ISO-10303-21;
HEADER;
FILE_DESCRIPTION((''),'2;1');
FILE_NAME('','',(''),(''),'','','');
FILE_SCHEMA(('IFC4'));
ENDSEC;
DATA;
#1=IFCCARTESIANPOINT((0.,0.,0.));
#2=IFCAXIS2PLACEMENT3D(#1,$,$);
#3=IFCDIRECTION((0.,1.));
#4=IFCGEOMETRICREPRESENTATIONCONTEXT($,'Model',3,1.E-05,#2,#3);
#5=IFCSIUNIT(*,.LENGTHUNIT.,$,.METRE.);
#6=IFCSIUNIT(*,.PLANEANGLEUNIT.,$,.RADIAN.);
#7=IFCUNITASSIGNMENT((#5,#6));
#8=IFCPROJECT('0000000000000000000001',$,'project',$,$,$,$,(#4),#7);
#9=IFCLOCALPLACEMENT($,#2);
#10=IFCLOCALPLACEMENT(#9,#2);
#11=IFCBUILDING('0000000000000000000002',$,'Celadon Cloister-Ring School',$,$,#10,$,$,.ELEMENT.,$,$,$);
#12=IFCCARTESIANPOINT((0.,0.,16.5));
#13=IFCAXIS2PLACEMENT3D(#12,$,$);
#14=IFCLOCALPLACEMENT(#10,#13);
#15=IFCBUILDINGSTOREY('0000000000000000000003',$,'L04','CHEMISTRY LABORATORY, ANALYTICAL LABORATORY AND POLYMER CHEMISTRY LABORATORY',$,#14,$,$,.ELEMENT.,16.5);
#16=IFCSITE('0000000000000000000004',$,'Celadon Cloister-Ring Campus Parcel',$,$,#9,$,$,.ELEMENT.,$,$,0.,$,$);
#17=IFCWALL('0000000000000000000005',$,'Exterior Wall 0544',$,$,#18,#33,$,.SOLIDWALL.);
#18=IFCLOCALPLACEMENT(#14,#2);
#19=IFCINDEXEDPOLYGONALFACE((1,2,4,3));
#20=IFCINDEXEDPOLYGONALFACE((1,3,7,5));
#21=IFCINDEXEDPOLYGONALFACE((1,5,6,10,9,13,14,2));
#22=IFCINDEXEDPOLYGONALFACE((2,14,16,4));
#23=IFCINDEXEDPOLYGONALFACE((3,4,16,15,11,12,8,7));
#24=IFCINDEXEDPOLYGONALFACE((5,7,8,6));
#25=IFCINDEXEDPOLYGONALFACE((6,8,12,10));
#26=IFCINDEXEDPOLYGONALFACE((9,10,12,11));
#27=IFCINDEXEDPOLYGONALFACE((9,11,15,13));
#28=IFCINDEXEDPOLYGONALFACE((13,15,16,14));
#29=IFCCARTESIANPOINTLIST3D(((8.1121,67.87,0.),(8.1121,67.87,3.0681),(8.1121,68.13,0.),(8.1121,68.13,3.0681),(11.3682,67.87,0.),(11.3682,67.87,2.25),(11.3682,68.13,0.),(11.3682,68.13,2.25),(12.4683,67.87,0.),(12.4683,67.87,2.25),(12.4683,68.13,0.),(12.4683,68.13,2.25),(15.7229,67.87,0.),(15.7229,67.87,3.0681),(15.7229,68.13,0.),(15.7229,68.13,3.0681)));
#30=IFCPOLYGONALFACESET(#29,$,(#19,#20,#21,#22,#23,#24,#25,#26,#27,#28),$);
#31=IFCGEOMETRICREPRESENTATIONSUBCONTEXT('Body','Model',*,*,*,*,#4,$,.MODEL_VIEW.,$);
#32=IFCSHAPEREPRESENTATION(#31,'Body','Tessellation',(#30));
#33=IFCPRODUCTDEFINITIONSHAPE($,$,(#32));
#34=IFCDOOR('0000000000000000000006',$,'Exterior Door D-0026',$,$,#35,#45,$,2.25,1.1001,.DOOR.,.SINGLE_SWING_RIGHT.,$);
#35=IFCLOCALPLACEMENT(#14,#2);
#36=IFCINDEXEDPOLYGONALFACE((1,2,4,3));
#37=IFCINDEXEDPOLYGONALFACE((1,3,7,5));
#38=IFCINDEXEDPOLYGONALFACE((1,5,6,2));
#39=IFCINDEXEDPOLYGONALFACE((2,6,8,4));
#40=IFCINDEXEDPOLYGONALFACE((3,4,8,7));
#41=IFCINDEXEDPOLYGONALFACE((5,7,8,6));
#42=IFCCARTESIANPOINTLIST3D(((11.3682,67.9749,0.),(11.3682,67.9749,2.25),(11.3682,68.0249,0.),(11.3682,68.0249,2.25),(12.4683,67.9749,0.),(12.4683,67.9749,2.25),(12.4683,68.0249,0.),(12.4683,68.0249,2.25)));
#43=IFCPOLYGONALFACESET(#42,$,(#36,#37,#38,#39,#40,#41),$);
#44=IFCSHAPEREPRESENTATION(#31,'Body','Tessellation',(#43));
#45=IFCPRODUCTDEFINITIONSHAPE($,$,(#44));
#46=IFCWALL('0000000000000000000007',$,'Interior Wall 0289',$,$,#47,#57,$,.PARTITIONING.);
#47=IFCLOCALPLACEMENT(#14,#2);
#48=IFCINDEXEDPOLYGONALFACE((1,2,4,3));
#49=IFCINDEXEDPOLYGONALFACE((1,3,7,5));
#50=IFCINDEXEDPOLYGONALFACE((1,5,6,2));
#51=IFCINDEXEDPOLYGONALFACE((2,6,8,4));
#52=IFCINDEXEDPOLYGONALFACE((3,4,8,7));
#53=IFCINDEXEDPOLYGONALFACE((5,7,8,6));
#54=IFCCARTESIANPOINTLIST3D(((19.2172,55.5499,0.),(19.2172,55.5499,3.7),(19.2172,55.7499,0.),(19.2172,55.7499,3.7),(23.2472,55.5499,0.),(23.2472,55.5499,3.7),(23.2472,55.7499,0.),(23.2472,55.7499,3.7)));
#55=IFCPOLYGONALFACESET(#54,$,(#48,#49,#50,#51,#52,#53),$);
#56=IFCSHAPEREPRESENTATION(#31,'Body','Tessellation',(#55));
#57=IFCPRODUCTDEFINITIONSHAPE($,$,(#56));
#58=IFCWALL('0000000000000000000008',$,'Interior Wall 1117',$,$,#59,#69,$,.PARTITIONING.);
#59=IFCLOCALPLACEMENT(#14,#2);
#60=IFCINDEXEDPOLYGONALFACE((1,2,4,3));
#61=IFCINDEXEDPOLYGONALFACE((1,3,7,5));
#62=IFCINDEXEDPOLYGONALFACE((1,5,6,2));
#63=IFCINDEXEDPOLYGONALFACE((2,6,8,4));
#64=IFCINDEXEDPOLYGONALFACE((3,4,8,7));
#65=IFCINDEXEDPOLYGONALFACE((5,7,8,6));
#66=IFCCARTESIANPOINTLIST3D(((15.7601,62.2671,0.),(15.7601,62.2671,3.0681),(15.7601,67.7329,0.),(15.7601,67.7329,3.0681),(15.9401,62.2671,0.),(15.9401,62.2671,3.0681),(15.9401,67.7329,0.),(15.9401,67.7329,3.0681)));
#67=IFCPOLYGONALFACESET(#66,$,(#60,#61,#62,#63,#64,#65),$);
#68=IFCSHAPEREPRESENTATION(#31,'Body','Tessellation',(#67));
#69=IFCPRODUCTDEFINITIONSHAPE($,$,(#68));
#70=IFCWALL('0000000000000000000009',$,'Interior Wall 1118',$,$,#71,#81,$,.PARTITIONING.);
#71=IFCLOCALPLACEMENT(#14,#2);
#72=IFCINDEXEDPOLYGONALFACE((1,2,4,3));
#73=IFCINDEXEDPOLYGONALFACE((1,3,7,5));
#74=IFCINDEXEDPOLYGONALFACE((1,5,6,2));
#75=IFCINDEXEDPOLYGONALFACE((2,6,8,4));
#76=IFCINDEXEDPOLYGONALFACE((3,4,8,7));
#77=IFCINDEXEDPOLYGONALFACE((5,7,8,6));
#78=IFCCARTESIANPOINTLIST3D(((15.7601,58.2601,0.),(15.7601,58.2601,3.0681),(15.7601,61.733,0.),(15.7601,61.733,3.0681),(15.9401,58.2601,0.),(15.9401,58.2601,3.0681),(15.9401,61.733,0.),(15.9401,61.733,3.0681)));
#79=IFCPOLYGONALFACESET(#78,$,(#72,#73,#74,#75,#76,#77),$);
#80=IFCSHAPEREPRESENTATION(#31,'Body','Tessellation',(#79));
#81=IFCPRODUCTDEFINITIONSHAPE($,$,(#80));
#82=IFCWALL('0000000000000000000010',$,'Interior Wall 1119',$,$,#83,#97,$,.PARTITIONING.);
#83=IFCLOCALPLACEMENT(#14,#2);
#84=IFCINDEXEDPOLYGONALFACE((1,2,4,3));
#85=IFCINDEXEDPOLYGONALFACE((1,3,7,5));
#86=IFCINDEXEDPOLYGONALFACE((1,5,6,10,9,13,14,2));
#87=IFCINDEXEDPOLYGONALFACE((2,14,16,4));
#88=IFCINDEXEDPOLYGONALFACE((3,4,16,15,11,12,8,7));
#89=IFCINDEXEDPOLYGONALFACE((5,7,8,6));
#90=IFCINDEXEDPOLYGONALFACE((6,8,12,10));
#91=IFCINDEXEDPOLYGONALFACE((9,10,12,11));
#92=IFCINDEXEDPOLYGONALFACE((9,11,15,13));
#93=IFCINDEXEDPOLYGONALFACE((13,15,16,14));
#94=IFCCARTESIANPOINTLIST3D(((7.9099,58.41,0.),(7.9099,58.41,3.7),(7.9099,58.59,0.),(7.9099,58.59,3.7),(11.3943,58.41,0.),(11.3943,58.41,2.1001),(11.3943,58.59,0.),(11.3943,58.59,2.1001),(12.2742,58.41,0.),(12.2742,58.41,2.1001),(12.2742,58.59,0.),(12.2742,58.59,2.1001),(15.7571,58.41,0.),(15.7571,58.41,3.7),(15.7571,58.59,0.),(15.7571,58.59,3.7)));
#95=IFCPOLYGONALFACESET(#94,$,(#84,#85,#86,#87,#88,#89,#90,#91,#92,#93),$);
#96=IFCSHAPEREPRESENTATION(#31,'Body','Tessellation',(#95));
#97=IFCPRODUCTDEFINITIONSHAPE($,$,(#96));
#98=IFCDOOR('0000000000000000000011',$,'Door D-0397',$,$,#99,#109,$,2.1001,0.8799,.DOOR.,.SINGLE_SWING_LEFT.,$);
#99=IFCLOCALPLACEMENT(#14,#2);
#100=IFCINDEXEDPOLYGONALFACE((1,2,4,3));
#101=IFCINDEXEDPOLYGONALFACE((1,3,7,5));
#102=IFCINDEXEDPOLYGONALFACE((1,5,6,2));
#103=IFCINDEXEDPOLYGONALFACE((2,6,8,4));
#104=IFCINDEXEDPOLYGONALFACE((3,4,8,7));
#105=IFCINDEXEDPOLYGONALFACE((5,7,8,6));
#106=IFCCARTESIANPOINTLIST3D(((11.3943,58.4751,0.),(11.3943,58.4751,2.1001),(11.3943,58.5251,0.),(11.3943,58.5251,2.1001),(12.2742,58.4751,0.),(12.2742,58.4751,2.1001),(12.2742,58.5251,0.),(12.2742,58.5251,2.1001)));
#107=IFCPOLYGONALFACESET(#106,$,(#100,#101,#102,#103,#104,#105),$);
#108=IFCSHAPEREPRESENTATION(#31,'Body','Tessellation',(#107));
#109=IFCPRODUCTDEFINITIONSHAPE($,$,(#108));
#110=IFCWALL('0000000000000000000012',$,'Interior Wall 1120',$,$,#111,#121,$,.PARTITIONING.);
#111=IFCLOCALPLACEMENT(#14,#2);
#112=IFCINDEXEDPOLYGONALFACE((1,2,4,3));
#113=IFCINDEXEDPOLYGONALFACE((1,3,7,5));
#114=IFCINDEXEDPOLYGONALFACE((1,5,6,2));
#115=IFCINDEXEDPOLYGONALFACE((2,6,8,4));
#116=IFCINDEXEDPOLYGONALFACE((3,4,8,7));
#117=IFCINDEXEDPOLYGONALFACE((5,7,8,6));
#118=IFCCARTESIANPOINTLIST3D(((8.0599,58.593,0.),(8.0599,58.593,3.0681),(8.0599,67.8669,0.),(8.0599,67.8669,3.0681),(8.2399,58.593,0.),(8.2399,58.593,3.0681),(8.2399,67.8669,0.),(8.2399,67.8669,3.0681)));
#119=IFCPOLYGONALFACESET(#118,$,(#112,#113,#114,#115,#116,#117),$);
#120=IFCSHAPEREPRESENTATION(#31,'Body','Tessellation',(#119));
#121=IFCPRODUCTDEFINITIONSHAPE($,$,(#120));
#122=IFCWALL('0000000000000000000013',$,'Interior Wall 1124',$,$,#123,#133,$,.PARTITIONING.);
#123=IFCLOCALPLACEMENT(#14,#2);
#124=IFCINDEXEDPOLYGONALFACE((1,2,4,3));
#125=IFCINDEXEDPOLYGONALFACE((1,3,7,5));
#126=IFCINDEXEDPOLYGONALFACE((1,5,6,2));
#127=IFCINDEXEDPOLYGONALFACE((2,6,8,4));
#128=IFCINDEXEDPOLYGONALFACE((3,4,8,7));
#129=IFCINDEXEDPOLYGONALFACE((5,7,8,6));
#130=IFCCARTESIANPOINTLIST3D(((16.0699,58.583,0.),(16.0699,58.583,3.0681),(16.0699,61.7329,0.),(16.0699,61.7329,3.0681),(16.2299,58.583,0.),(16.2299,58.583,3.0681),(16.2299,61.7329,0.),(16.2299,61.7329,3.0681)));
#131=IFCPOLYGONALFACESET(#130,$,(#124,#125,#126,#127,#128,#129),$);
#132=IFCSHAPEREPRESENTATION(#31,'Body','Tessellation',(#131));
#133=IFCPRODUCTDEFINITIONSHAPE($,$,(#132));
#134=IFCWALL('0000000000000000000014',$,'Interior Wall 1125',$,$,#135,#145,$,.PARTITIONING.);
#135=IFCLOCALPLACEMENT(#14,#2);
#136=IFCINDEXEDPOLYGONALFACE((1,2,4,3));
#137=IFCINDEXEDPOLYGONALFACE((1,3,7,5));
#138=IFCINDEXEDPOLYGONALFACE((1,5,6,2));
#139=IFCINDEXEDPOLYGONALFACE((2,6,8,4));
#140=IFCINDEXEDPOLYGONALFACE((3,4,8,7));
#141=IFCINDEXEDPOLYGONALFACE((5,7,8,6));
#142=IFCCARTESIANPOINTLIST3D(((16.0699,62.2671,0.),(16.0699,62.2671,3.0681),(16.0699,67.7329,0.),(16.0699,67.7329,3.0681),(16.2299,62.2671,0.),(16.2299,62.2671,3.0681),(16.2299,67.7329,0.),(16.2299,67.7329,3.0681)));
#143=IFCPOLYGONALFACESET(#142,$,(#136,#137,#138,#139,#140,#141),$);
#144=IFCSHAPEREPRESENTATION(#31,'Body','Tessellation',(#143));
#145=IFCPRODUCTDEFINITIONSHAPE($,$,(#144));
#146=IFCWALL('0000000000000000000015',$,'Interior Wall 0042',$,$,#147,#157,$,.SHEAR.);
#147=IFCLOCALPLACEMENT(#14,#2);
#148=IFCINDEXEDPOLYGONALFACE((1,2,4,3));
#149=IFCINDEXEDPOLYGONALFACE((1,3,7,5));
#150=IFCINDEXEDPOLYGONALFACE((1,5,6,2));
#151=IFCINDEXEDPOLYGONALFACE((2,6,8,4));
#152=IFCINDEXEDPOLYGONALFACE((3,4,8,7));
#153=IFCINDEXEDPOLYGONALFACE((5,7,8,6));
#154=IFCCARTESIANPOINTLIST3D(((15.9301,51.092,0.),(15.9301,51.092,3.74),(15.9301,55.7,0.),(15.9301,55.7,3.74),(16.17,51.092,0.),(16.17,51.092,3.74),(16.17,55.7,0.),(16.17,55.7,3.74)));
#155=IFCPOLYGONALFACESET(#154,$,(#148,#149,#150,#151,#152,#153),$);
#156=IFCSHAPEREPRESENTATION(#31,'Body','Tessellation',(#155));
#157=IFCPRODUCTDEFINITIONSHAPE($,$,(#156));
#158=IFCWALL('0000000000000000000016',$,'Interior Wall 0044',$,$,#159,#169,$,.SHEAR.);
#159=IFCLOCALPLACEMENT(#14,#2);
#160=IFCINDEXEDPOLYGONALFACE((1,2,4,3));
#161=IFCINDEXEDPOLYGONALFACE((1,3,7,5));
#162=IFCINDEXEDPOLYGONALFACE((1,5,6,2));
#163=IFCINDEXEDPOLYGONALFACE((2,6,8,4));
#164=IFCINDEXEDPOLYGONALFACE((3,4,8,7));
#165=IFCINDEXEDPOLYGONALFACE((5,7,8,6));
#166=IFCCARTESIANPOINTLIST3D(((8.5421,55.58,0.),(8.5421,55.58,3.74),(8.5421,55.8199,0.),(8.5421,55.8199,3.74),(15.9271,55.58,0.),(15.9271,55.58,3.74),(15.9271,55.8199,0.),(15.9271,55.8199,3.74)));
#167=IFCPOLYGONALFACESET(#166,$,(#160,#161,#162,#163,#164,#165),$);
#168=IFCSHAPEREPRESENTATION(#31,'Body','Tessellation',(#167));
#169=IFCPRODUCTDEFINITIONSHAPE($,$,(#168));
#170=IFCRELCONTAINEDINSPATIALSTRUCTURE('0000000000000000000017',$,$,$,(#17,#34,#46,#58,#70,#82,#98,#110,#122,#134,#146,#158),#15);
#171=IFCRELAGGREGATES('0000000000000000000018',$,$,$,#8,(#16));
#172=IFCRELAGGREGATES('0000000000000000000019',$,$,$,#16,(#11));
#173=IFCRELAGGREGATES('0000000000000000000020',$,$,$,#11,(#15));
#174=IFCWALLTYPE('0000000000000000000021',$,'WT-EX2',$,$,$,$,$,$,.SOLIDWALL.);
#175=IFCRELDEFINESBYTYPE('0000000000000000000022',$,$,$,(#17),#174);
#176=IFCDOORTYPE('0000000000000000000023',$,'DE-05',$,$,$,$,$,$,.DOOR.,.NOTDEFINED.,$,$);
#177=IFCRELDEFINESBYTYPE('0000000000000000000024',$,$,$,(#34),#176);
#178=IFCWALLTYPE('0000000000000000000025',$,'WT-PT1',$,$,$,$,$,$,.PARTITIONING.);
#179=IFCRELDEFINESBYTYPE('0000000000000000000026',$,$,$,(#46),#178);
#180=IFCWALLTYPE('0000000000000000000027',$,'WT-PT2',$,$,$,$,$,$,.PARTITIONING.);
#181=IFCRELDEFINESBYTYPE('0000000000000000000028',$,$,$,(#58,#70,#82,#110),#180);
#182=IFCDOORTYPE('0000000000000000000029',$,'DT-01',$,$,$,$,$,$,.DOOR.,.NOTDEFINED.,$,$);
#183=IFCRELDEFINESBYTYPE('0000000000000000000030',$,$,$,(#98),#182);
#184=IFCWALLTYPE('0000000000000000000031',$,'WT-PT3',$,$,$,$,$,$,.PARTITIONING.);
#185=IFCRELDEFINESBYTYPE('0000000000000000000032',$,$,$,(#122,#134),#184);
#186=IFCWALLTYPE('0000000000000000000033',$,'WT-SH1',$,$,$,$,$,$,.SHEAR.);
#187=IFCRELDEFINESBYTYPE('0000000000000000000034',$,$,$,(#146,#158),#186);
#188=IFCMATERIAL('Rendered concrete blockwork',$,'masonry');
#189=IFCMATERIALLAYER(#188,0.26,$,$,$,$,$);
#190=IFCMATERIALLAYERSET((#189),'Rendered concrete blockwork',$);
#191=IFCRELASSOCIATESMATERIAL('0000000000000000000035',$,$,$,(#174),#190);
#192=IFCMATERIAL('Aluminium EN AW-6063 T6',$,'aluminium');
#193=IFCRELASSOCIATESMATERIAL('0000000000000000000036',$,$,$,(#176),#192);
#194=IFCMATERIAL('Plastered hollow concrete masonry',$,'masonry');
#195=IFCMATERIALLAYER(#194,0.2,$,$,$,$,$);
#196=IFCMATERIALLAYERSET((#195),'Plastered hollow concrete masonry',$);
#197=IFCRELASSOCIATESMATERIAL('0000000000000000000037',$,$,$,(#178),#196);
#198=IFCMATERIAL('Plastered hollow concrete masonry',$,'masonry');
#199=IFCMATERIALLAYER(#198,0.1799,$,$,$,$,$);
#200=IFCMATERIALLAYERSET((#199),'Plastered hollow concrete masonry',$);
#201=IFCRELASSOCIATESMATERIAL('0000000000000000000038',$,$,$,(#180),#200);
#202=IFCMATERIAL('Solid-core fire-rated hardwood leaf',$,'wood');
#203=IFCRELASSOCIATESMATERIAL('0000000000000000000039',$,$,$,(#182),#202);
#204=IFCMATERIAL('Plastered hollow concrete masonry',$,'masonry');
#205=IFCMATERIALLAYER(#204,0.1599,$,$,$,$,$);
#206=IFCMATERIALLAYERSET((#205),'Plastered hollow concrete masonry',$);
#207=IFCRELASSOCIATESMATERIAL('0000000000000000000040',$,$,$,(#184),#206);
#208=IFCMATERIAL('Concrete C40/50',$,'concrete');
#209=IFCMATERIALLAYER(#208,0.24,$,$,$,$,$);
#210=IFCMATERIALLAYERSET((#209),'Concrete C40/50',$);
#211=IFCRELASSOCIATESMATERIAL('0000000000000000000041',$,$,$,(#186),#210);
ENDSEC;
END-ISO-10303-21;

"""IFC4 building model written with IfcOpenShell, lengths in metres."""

from ifc_helpers import new_model, si_unit, direction, frame, frame_2d, origin, place, context, subcontext, project, spatial, rectangle, extrude, material, layer, layer_set, type_object, element, fill, save


model = new_model("IFC4")

# Units and contexts
model_context = context("Model", 3, precision=1e-05, world=origin(), true_north=direction((0.0, 1.0)))
body_context = subcontext(model_context, "Body", "Model", "MODEL_VIEW")
ifc_project = project(units=[si_unit("LENGTHUNIT", "METRE"), si_unit("PLANEANGLEUNIT", "RADIAN")], contexts=[model_context])

# Site, building, storey
site_placement = place(None, origin())
site = spatial("IfcSite", under=ifc_project, at=site_placement, Name="Celadon Cloister-Ring Campus Parcel", CompositionType="ELEMENT", RefElevation=0.0)
building_placement = place(site_placement, origin())
building = spatial("IfcBuilding", under=site, at=building_placement, Name="Celadon Cloister-Ring School", CompositionType="ELEMENT")
storey_placement = place(building_placement, frame((0.0, 0.0, 16.5)))
storey = spatial("IfcBuildingStorey", under=building, at=storey_placement, Name="L04", Description="CHEMISTRY LABORATORY, ANALYTICAL LABORATORY AND POLYMER CHEMISTRY LABORATORY", CompositionType="ELEMENT", Elevation=16.5)

# Wall, opening, door
ifc_material_1 = material(Name="Rendered concrete blockwork", Category="masonry")
ifc_layer_1 = layer(ifc_material_1, 0.26)
ifc_layer_set_1 = layer_set([ifc_layer_1], Name="Rendered concrete blockwork")
wall_type_1 = type_object("IfcWallType", Name="WT-EX2", PredefinedType="SOLIDWALL", material=ifc_layer_set_1)
wall_1_placement = place(storey_placement, frame((8.1121, 68.0, 0.0), z_axis=(0.0, 0.0, 1.0), x_axis=(1.0, 0.0, 0.0)))
wall_1 = element("IfcWall", 1, at=wall_1_placement, inside=storey, type_object=wall_type_1, Name="Exterior Wall 0544", PredefinedType="SOLIDWALL", context=body_context, shape_type="SweptSolid", body=[
    extrude(rectangle(XDim=7.6108, YDim=0.26, at=frame_2d((3.8054, 0.0))), origin(), (0.0, 0.0, 1.0), 3.0681),
])
opening_1_placement = place(wall_1_placement, frame((3.2561, 0.0, 0.0)))
opening_1 = element("IfcOpeningElement", 2, at=opening_1_placement, cuts=wall_1, PredefinedType="OPENING", context=body_context, shape_type="SweptSolid", body=[
    extrude(rectangle(XDim=1.1001, YDim=2.25, at=frame_2d((0.55, 1.125))), frame((0.0, 0.1401, 0.0), z_axis=(0.0, -1.0, 0.0), x_axis=(1.0, 0.0, 0.0)), (0.0, 0.0, 1.0), 0.28),
])
ifc_material_2 = material(Name="Aluminium EN AW-6063 T6", Category="aluminium")
door_type_1 = type_object("IfcDoorType", Name="DE-05", OperationType="NOTDEFINED", PredefinedType="DOOR", material=ifc_material_2)
door_1_placement = place(opening_1_placement, origin())
door_1 = element("IfcDoor", 3, at=door_1_placement, inside=storey, type_object=door_type_1, Name="Exterior Door D-0026", OperationType="SINGLE_SWING_RIGHT", OverallHeight=2.25, OverallWidth=1.1001, PredefinedType="DOOR", context=body_context, shape_type="SweptSolid", body=[
    extrude(rectangle(XDim=1.1001, YDim=2.25, at=frame_2d((0.55, 1.125))), frame((0.0, 0.0249, 0.0), z_axis=(0.0, -1.0, 0.0), x_axis=(1.0, 0.0, 0.0)), (0.0, 0.0, 1.0), 0.05),
])
fill(opening_1, door_1)

# Walls
ifc_material_3 = material(Name="Plastered hollow concrete masonry", Category="masonry")
ifc_layer_2 = layer(ifc_material_3, 0.2)
ifc_layer_set_2 = layer_set([ifc_layer_2], Name="Plastered hollow concrete masonry")
wall_type_2 = type_object("IfcWallType", Name="WT-PT1", PredefinedType="PARTITIONING", material=ifc_layer_set_2)
wall_2_placement = place(storey_placement, frame((19.217, 55.6499, 0.0), z_axis=(0.0, 0.0, 1.0), x_axis=(1.0, 0.0, 0.0)))
element("IfcWall", 4, at=wall_2_placement, inside=storey, type_object=wall_type_2, Name="Interior Wall 0289", PredefinedType="PARTITIONING", context=body_context, shape_type="SweptSolid", body=[
    extrude(rectangle(XDim=4.03, YDim=0.2, at=frame_2d((2.0151, 0.0))), origin(), (0.0, 0.0, 1.0), 3.7),
])
ifc_material_4 = material(Name="Plastered hollow concrete masonry", Category="masonry")
ifc_layer_3 = layer(ifc_material_4, 0.1799)
ifc_layer_set_3 = layer_set([ifc_layer_3], Name="Plastered hollow concrete masonry")
wall_type_3 = type_object("IfcWallType", Name="WT-PT2", PredefinedType="PARTITIONING", material=ifc_layer_set_3)
wall_3_placement = place(storey_placement, frame((15.8501, 67.7329, 0.0), z_axis=(0.0, 0.0, 1.0), x_axis=(0.0, -1.0, 0.0)))
element("IfcWall", 5, at=wall_3_placement, inside=storey, type_object=wall_type_3, Name="Interior Wall 1117", PredefinedType="PARTITIONING", context=body_context, shape_type="SweptSolid", body=[
    extrude(rectangle(XDim=5.4658, YDim=0.1799, at=frame_2d((2.7329, 0.0))), origin(), (0.0, 0.0, 1.0), 3.0681),
])
wall_4_placement = place(storey_placement, frame((15.8501, 61.7329, 0.0), z_axis=(0.0, 0.0, 1.0), x_axis=(0.0, -1.0, 0.0)))
element("IfcWall", 6, at=wall_4_placement, inside=storey, type_object=wall_type_3, Name="Interior Wall 1118", PredefinedType="PARTITIONING", context=body_context, shape_type="SweptSolid", body=[
    extrude(rectangle(XDim=3.4729, YDim=0.1799, at=frame_2d((1.7363, 0.0))), origin(), (0.0, 0.0, 1.0), 3.0681),
])

# Wall, opening, door
wall_5_placement = place(storey_placement, frame((15.7571, 58.5, 0.0), z_axis=(0.0, 0.0, 1.0), x_axis=(-1.0, 0.0, 0.0)))
wall_5 = element("IfcWall", 7, at=wall_5_placement, inside=storey, type_object=wall_type_3, Name="Interior Wall 1119", PredefinedType="PARTITIONING", context=body_context, shape_type="SweptSolid", body=[
    extrude(rectangle(XDim=7.8472, YDim=0.1799, at=frame_2d((3.9236, 0.0))), origin(), (0.0, 0.0, 1.0), 3.7),
])
opening_2_placement = place(wall_5_placement, frame((3.4829, 0.0, 0.0)))
opening_2 = element("IfcOpeningElement", 8, at=opening_2_placement, cuts=wall_5, PredefinedType="OPENING", context=body_context, shape_type="SweptSolid", body=[
    extrude(rectangle(XDim=0.8799, YDim=2.1001, at=frame_2d((0.4399, 1.05))), frame((0.0, 0.1001, 0.0), z_axis=(0.0, -1.0, 0.0), x_axis=(1.0, 0.0, 0.0)), (0.0, 0.0, 1.0), 0.2),
])
ifc_material_5 = material(Name="Solid-core fire-rated hardwood leaf", Category="wood")
door_type_2 = type_object("IfcDoorType", Name="DT-01", OperationType="NOTDEFINED", PredefinedType="DOOR", material=ifc_material_5)
door_2_placement = place(opening_2_placement, origin())
door_2 = element("IfcDoor", 9, at=door_2_placement, inside=storey, type_object=door_type_2, Name="Door D-0397", OperationType="SINGLE_SWING_LEFT", OverallHeight=2.1001, OverallWidth=0.8799, PredefinedType="DOOR", context=body_context, shape_type="SweptSolid", body=[
    extrude(rectangle(XDim=0.8799, YDim=2.1001, at=frame_2d((0.4399, 1.05))), frame((0.0, 0.0249, 0.0), z_axis=(0.0, -1.0, 0.0), x_axis=(1.0, 0.0, 0.0)), (0.0, 0.0, 1.0), 0.05),
])
fill(opening_2, door_2)

# Walls
wall_6_placement = place(storey_placement, frame((8.1499, 58.593, 0.0), z_axis=(0.0, 0.0, 1.0), x_axis=(0.0, 1.0, 0.0)))
element("IfcWall", 10, at=wall_6_placement, inside=storey, type_object=wall_type_3, Name="Interior Wall 1120", PredefinedType="PARTITIONING", context=body_context, shape_type="SweptSolid", body=[
    extrude(rectangle(XDim=9.2739, YDim=0.1799, at=frame_2d((4.637, 0.0))), origin(), (0.0, 0.0, 1.0), 3.0681),
])
ifc_material_6 = material(Name="Plastered hollow concrete masonry", Category="masonry")
ifc_layer_4 = layer(ifc_material_6, 0.1599)
ifc_layer_set_4 = layer_set([ifc_layer_4], Name="Plastered hollow concrete masonry")
wall_type_4 = type_object("IfcWallType", Name="WT-PT3", PredefinedType="PARTITIONING", material=ifc_layer_set_4)
wall_7_placement = place(storey_placement, frame((16.1499, 58.583, 0.0), z_axis=(0.0, 0.0, 1.0), x_axis=(0.0, 1.0, 0.0)))
element("IfcWall", 11, at=wall_7_placement, inside=storey, type_object=wall_type_4, Name="Interior Wall 1124", PredefinedType="PARTITIONING", context=body_context, shape_type="SweptSolid", body=[
    extrude(rectangle(XDim=3.1499, YDim=0.1599, at=frame_2d((1.575, 0.0))), origin(), (0.0, 0.0, 1.0), 3.0681),
])
wall_8_placement = place(storey_placement, frame((16.1499, 62.2671, 0.0), z_axis=(0.0, 0.0, 1.0), x_axis=(0.0, 1.0, 0.0)))
element("IfcWall", 12, at=wall_8_placement, inside=storey, type_object=wall_type_4, Name="Interior Wall 1125", PredefinedType="PARTITIONING", context=body_context, shape_type="SweptSolid", body=[
    extrude(rectangle(XDim=5.4658, YDim=0.1599, at=frame_2d((2.7329, 0.0))), origin(), (0.0, 0.0, 1.0), 3.0681),
])
ifc_material_7 = material(Name="Concrete C40/50", Category="concrete")
ifc_layer_5 = layer(ifc_material_7, 0.24)
ifc_layer_set_5 = layer_set([ifc_layer_5], Name="Concrete C40/50")
wall_type_5 = type_object("IfcWallType", Name="WT-SH1", PredefinedType="SHEAR", material=ifc_layer_set_5)
wall_9_placement = place(storey_placement, frame((16.05, 55.7, 0.0), z_axis=(0.0, 0.0, 1.0), x_axis=(0.0, -1.0, 0.0)))
element("IfcWall", 13, at=wall_9_placement, inside=storey, type_object=wall_type_5, Name="Interior Wall 0042", PredefinedType="SHEAR", context=body_context, shape_type="SweptSolid", body=[
    extrude(rectangle(XDim=4.6079, YDim=0.24, at=frame_2d((2.304, 0.0))), origin(), (0.0, 0.0, 1.0), 3.74),
])
wall_10_placement = place(storey_placement, frame((15.927, 55.7, 0.0), z_axis=(0.0, 0.0, 1.0), x_axis=(-1.0, 0.0, 0.0)))
element("IfcWall", 14, at=wall_10_placement, inside=storey, type_object=wall_type_5, Name="Interior Wall 0044", PredefinedType="SHEAR", context=body_context, shape_type="SweptSolid", body=[
    extrude(rectangle(XDim=7.385, YDim=0.24, at=frame_2d((3.6924, 0.0))), origin(), (0.0, 0.0, 1.0), 3.74),
])

save(model, "model.ifc")
